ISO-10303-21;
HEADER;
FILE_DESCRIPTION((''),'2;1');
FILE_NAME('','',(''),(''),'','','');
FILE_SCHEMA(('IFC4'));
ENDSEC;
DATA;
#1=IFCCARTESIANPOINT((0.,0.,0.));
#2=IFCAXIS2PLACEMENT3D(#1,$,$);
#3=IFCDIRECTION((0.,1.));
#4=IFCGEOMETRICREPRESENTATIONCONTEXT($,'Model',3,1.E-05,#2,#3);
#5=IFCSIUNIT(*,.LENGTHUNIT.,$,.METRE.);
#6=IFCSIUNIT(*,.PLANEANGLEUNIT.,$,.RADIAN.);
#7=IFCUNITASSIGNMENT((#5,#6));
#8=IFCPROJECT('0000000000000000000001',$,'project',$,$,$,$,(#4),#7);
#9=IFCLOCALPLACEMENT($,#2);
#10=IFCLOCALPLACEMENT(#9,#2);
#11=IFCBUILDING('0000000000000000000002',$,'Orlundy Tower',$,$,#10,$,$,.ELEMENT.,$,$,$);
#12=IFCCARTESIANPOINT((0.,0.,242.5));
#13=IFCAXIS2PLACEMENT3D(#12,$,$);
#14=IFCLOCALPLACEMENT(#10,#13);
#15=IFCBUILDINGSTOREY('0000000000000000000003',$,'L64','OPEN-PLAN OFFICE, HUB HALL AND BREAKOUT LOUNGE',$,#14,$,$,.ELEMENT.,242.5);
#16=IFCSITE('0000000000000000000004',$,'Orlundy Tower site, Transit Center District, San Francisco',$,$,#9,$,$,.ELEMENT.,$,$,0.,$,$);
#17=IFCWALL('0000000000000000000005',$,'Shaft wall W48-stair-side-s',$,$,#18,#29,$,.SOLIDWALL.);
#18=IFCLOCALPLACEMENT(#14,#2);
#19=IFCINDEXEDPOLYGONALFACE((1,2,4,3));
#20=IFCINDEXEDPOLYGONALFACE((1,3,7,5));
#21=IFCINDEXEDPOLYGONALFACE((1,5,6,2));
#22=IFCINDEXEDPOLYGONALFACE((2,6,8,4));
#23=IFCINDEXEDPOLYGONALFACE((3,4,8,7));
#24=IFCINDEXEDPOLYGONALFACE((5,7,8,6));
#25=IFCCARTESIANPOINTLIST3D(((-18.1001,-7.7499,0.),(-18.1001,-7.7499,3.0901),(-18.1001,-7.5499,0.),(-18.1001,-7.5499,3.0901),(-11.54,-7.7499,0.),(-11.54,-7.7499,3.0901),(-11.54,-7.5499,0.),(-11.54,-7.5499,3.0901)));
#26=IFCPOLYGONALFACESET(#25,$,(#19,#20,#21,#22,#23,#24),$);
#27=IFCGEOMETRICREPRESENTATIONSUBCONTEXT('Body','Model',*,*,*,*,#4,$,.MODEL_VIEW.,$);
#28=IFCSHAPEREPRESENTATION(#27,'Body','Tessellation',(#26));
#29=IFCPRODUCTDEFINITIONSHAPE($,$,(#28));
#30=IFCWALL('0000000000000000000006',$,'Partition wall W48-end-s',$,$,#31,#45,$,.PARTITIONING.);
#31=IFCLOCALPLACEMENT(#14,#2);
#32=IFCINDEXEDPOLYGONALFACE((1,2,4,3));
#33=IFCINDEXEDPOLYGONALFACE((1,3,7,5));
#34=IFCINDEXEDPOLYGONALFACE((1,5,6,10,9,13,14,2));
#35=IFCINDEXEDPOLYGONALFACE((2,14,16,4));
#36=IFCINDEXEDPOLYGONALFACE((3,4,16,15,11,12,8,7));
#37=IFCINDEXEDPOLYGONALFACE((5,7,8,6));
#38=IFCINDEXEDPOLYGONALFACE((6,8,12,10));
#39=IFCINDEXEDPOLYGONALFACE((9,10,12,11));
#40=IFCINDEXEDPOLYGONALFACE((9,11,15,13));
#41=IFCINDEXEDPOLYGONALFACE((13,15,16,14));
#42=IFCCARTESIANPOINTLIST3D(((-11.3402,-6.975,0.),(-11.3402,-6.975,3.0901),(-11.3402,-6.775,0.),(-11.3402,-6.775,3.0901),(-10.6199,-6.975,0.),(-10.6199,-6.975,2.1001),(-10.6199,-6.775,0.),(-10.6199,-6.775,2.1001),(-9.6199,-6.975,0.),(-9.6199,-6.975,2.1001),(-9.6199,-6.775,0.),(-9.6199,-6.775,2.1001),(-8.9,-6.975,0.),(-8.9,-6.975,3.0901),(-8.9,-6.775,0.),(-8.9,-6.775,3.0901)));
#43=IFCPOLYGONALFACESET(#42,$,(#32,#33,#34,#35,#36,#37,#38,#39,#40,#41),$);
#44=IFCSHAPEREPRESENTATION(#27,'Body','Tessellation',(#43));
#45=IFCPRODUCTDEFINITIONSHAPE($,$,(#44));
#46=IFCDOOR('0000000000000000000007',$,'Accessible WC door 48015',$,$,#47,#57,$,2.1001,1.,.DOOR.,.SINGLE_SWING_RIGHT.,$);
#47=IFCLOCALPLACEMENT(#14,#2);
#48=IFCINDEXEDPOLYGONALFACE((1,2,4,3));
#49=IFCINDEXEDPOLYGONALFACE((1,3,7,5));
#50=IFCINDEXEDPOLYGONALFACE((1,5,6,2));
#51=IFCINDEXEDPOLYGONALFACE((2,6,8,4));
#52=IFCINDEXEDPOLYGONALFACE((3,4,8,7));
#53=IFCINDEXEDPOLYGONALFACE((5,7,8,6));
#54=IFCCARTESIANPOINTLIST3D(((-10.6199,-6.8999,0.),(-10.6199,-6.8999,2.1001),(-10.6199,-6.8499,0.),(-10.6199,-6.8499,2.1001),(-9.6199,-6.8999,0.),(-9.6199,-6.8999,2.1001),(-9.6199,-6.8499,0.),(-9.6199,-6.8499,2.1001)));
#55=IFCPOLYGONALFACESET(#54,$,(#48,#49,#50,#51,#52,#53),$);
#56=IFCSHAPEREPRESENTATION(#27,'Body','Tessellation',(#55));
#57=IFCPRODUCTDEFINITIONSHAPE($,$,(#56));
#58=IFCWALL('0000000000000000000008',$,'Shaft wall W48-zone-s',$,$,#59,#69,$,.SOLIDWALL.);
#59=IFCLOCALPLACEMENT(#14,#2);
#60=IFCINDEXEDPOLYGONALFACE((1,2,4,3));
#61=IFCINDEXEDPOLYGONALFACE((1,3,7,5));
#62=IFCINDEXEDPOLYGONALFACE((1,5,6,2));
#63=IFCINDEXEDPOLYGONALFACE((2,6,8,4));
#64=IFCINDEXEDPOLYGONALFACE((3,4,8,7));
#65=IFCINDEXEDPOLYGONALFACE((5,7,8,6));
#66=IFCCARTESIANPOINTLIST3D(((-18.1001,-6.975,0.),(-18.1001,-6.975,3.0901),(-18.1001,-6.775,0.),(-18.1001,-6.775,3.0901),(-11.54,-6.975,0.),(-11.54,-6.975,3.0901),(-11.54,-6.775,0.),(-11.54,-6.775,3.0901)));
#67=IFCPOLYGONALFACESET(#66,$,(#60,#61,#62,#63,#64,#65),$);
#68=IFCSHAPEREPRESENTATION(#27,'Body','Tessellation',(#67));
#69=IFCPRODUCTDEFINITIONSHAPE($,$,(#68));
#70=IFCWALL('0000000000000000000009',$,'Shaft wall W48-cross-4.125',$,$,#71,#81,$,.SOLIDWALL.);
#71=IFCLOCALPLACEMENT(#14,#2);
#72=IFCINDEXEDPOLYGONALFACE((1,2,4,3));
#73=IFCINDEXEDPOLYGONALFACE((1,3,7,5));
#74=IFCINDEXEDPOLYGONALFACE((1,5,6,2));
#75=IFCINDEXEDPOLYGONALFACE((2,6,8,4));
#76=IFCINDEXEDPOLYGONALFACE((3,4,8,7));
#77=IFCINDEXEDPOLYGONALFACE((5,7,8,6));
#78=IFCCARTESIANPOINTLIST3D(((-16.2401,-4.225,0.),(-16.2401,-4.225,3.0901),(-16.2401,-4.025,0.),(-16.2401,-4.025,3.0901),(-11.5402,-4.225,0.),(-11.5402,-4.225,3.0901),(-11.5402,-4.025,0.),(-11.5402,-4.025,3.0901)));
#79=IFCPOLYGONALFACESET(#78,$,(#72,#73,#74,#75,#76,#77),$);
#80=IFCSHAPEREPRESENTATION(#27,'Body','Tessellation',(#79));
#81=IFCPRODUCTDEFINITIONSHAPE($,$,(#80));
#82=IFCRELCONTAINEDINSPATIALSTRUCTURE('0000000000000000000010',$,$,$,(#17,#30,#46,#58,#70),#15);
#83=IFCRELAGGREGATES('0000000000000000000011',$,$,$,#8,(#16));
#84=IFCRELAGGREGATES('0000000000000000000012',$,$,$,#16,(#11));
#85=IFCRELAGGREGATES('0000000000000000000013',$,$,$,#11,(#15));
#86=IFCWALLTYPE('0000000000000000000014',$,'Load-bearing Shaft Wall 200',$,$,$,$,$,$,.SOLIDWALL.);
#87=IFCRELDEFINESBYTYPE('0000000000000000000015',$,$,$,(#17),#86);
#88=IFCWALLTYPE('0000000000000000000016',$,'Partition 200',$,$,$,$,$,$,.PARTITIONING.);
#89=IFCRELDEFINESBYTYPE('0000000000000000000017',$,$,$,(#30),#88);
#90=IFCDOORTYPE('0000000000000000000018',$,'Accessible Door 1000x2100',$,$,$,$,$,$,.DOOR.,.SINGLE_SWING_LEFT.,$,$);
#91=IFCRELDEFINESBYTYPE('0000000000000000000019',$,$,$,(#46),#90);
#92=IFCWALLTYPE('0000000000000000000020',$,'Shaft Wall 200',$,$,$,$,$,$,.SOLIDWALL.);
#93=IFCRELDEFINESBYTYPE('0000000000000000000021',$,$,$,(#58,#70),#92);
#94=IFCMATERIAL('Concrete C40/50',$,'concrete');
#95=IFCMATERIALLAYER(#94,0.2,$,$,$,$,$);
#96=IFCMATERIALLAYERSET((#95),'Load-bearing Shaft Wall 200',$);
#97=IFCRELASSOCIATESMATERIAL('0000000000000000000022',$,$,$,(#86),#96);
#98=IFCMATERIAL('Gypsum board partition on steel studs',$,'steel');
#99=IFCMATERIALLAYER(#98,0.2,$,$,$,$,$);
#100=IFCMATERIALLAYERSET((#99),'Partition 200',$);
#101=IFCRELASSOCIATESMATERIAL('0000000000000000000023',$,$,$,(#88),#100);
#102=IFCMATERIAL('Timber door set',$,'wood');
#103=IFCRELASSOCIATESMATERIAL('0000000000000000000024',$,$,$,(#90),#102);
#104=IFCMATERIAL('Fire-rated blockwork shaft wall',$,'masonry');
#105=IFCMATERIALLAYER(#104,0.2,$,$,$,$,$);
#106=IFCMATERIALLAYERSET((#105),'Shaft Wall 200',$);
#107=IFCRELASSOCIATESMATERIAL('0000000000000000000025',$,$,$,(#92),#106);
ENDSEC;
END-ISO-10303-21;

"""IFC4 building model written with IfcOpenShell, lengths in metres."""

from ifc_helpers import new_model, si_unit, direction, frame, frame_2d, origin, place, context, subcontext, project, spatial, rectangle, extrude, material, layer, layer_set, type_object, element, fill, save


model = new_model("IFC4")

# Units and contexts
model_context = context("Model", 3, precision=1e-05, world=origin(), true_north=direction((0.0, 1.0)))
body_context = subcontext(model_context, "Body", "Model", "MODEL_VIEW")
ifc_project = project(units=[si_unit("LENGTHUNIT", "METRE"), si_unit("PLANEANGLEUNIT", "RADIAN")], contexts=[model_context])

# Site, building, storey
site_placement = place(None, origin())
site = spatial("IfcSite", under=ifc_project, at=site_placement, Name="Orlundy Tower site, Transit Center District, San Francisco", CompositionType="ELEMENT", RefElevation=0.0)
building_placement = place(site_placement, origin())
building = spatial("IfcBuilding", under=site, at=building_placement, Name="Orlundy Tower", CompositionType="ELEMENT")
storey_placement = place(building_placement, frame((0.0, 0.0, 242.5)))
storey = spatial("IfcBuildingStorey", under=building, at=storey_placement, Name="L64", Description="OPEN-PLAN OFFICE, HUB HALL AND BREAKOUT LOUNGE", CompositionType="ELEMENT", Elevation=242.5)

# Wall
ifc_material_1 = material(Name="Concrete C40/50", Category="concrete")
ifc_layer_1 = layer(ifc_material_1, 0.2)
ifc_layer_set_1 = layer_set([ifc_layer_1], Name="Load-bearing Shaft Wall 200")
wall_type_1 = type_object("IfcWallType", Name="Load-bearing Shaft Wall 200", PredefinedType="SOLIDWALL", material=ifc_layer_set_1)
wall_1_placement = place(storey_placement, frame((-11.54, -7.6499, 0.0), z_axis=(0.0, 0.0, 1.0), x_axis=(-1.0, 0.0, 0.0)))
element("IfcWall", 1, at=wall_1_placement, inside=storey, type_object=wall_type_1, Name="Shaft wall W48-stair-side-s", PredefinedType="SOLIDWALL", context=body_context, shape_type="SweptSolid", body=[
    extrude(rectangle(XDim=6.5601, YDim=0.2, at=frame_2d((3.28, 0.0))), origin(), (0.0, 0.0, 1.0), 3.0901),
])

# Wall, opening, door
ifc_material_2 = material(Name="Gypsum board partition on steel studs", Category="steel")
ifc_layer_2 = layer(ifc_material_2, 0.2)
ifc_layer_set_2 = layer_set([ifc_layer_2], Name="Partition 200")
wall_type_2 = type_object("IfcWallType", Name="Partition 200", PredefinedType="PARTITIONING", material=ifc_layer_set_2)
wall_2_placement = place(storey_placement, frame((-8.8999, -6.875, 0.0), z_axis=(0.0, 0.0, 1.0), x_axis=(-1.0, 0.0, 0.0)))
wall_2 = element("IfcWall", 2, at=wall_2_placement, inside=storey, type_object=wall_type_2, Name="Partition wall W48-end-s", PredefinedType="PARTITIONING", context=body_context, shape_type="SweptSolid", body=[
    extrude(rectangle(XDim=2.4402, YDim=0.2, at=frame_2d((1.2202, 0.0))), origin(), (0.0, 0.0, 1.0), 3.0901),
])
opening_1_placement = place(wall_2_placement, frame((0.72, 0.0, 0.0)))
opening_1 = element("IfcOpeningElement", 3, at=opening_1_placement, cuts=wall_2, PredefinedType="OPENING", context=body_context, shape_type="SweptSolid", body=[
    extrude(rectangle(XDim=1.0, YDim=2.1001, at=frame_2d((0.5, 1.05))), frame((0.0, 0.1101, 0.0), z_axis=(0.0, -1.0, 0.0), x_axis=(1.0, 0.0, 0.0)), (0.0, 0.0, 1.0), 0.2202),
])
ifc_material_3 = material(Name="Timber door set", Category="wood")
door_type_1 = type_object("IfcDoorType", Name="Accessible Door 1000x2100", OperationType="SINGLE_SWING_LEFT", PredefinedType="DOOR", material=ifc_material_3)
door_1_placement = place(opening_1_placement, origin())
door_1 = element("IfcDoor", 4, at=door_1_placement, inside=storey, type_object=door_type_1, Name="Accessible WC door 48015", OperationType="SINGLE_SWING_RIGHT", OverallHeight=2.1001, OverallWidth=1.0, PredefinedType="DOOR", context=body_context, shape_type="SweptSolid", body=[
    extrude(rectangle(XDim=1.0, YDim=2.1001, at=frame_2d((0.5, 1.05))), frame((0.0, 0.0249, 0.0), z_axis=(0.0, -1.0, 0.0), x_axis=(1.0, 0.0, 0.0)), (0.0, 0.0, 1.0), 0.05),
])
fill(opening_1, door_1)

# Walls
ifc_material_4 = material(Name="Fire-rated blockwork shaft wall", Category="masonry")
ifc_layer_3 = layer(ifc_material_4, 0.2)
ifc_layer_set_3 = layer_set([ifc_layer_3], Name="Shaft Wall 200")
wall_type_3 = type_object("IfcWallType", Name="Shaft Wall 200", PredefinedType="SOLIDWALL", material=ifc_layer_set_3)
wall_3_placement = place(storey_placement, frame((-11.54, -6.875, 0.0), z_axis=(0.0, 0.0, 1.0), x_axis=(-1.0, 0.0, 0.0)))
element("IfcWall", 5, at=wall_3_placement, inside=storey, type_object=wall_type_3, Name="Shaft wall W48-zone-s", PredefinedType="SOLIDWALL", context=body_context, shape_type="SweptSolid", body=[
    extrude(rectangle(XDim=6.5601, YDim=0.2, at=frame_2d((3.28, 0.0))), origin(), (0.0, 0.0, 1.0), 3.0901),
])
wall_4_placement = place(storey_placement, frame((-11.54, -4.125, 0.0), z_axis=(0.0, 0.0, 1.0), x_axis=(-1.0, 0.0, 0.0)))
element("IfcWall", 6, at=wall_4_placement, inside=storey, type_object=wall_type_3, Name="Shaft wall W48-cross-4.125", PredefinedType="SOLIDWALL", context=body_context, shape_type="SweptSolid", body=[
    extrude(rectangle(XDim=4.7, YDim=0.2, at=frame_2d((2.3501, 0.0))), origin(), (0.0, 0.0, 1.0), 3.0901),
])

save(model, "model.ifc")
